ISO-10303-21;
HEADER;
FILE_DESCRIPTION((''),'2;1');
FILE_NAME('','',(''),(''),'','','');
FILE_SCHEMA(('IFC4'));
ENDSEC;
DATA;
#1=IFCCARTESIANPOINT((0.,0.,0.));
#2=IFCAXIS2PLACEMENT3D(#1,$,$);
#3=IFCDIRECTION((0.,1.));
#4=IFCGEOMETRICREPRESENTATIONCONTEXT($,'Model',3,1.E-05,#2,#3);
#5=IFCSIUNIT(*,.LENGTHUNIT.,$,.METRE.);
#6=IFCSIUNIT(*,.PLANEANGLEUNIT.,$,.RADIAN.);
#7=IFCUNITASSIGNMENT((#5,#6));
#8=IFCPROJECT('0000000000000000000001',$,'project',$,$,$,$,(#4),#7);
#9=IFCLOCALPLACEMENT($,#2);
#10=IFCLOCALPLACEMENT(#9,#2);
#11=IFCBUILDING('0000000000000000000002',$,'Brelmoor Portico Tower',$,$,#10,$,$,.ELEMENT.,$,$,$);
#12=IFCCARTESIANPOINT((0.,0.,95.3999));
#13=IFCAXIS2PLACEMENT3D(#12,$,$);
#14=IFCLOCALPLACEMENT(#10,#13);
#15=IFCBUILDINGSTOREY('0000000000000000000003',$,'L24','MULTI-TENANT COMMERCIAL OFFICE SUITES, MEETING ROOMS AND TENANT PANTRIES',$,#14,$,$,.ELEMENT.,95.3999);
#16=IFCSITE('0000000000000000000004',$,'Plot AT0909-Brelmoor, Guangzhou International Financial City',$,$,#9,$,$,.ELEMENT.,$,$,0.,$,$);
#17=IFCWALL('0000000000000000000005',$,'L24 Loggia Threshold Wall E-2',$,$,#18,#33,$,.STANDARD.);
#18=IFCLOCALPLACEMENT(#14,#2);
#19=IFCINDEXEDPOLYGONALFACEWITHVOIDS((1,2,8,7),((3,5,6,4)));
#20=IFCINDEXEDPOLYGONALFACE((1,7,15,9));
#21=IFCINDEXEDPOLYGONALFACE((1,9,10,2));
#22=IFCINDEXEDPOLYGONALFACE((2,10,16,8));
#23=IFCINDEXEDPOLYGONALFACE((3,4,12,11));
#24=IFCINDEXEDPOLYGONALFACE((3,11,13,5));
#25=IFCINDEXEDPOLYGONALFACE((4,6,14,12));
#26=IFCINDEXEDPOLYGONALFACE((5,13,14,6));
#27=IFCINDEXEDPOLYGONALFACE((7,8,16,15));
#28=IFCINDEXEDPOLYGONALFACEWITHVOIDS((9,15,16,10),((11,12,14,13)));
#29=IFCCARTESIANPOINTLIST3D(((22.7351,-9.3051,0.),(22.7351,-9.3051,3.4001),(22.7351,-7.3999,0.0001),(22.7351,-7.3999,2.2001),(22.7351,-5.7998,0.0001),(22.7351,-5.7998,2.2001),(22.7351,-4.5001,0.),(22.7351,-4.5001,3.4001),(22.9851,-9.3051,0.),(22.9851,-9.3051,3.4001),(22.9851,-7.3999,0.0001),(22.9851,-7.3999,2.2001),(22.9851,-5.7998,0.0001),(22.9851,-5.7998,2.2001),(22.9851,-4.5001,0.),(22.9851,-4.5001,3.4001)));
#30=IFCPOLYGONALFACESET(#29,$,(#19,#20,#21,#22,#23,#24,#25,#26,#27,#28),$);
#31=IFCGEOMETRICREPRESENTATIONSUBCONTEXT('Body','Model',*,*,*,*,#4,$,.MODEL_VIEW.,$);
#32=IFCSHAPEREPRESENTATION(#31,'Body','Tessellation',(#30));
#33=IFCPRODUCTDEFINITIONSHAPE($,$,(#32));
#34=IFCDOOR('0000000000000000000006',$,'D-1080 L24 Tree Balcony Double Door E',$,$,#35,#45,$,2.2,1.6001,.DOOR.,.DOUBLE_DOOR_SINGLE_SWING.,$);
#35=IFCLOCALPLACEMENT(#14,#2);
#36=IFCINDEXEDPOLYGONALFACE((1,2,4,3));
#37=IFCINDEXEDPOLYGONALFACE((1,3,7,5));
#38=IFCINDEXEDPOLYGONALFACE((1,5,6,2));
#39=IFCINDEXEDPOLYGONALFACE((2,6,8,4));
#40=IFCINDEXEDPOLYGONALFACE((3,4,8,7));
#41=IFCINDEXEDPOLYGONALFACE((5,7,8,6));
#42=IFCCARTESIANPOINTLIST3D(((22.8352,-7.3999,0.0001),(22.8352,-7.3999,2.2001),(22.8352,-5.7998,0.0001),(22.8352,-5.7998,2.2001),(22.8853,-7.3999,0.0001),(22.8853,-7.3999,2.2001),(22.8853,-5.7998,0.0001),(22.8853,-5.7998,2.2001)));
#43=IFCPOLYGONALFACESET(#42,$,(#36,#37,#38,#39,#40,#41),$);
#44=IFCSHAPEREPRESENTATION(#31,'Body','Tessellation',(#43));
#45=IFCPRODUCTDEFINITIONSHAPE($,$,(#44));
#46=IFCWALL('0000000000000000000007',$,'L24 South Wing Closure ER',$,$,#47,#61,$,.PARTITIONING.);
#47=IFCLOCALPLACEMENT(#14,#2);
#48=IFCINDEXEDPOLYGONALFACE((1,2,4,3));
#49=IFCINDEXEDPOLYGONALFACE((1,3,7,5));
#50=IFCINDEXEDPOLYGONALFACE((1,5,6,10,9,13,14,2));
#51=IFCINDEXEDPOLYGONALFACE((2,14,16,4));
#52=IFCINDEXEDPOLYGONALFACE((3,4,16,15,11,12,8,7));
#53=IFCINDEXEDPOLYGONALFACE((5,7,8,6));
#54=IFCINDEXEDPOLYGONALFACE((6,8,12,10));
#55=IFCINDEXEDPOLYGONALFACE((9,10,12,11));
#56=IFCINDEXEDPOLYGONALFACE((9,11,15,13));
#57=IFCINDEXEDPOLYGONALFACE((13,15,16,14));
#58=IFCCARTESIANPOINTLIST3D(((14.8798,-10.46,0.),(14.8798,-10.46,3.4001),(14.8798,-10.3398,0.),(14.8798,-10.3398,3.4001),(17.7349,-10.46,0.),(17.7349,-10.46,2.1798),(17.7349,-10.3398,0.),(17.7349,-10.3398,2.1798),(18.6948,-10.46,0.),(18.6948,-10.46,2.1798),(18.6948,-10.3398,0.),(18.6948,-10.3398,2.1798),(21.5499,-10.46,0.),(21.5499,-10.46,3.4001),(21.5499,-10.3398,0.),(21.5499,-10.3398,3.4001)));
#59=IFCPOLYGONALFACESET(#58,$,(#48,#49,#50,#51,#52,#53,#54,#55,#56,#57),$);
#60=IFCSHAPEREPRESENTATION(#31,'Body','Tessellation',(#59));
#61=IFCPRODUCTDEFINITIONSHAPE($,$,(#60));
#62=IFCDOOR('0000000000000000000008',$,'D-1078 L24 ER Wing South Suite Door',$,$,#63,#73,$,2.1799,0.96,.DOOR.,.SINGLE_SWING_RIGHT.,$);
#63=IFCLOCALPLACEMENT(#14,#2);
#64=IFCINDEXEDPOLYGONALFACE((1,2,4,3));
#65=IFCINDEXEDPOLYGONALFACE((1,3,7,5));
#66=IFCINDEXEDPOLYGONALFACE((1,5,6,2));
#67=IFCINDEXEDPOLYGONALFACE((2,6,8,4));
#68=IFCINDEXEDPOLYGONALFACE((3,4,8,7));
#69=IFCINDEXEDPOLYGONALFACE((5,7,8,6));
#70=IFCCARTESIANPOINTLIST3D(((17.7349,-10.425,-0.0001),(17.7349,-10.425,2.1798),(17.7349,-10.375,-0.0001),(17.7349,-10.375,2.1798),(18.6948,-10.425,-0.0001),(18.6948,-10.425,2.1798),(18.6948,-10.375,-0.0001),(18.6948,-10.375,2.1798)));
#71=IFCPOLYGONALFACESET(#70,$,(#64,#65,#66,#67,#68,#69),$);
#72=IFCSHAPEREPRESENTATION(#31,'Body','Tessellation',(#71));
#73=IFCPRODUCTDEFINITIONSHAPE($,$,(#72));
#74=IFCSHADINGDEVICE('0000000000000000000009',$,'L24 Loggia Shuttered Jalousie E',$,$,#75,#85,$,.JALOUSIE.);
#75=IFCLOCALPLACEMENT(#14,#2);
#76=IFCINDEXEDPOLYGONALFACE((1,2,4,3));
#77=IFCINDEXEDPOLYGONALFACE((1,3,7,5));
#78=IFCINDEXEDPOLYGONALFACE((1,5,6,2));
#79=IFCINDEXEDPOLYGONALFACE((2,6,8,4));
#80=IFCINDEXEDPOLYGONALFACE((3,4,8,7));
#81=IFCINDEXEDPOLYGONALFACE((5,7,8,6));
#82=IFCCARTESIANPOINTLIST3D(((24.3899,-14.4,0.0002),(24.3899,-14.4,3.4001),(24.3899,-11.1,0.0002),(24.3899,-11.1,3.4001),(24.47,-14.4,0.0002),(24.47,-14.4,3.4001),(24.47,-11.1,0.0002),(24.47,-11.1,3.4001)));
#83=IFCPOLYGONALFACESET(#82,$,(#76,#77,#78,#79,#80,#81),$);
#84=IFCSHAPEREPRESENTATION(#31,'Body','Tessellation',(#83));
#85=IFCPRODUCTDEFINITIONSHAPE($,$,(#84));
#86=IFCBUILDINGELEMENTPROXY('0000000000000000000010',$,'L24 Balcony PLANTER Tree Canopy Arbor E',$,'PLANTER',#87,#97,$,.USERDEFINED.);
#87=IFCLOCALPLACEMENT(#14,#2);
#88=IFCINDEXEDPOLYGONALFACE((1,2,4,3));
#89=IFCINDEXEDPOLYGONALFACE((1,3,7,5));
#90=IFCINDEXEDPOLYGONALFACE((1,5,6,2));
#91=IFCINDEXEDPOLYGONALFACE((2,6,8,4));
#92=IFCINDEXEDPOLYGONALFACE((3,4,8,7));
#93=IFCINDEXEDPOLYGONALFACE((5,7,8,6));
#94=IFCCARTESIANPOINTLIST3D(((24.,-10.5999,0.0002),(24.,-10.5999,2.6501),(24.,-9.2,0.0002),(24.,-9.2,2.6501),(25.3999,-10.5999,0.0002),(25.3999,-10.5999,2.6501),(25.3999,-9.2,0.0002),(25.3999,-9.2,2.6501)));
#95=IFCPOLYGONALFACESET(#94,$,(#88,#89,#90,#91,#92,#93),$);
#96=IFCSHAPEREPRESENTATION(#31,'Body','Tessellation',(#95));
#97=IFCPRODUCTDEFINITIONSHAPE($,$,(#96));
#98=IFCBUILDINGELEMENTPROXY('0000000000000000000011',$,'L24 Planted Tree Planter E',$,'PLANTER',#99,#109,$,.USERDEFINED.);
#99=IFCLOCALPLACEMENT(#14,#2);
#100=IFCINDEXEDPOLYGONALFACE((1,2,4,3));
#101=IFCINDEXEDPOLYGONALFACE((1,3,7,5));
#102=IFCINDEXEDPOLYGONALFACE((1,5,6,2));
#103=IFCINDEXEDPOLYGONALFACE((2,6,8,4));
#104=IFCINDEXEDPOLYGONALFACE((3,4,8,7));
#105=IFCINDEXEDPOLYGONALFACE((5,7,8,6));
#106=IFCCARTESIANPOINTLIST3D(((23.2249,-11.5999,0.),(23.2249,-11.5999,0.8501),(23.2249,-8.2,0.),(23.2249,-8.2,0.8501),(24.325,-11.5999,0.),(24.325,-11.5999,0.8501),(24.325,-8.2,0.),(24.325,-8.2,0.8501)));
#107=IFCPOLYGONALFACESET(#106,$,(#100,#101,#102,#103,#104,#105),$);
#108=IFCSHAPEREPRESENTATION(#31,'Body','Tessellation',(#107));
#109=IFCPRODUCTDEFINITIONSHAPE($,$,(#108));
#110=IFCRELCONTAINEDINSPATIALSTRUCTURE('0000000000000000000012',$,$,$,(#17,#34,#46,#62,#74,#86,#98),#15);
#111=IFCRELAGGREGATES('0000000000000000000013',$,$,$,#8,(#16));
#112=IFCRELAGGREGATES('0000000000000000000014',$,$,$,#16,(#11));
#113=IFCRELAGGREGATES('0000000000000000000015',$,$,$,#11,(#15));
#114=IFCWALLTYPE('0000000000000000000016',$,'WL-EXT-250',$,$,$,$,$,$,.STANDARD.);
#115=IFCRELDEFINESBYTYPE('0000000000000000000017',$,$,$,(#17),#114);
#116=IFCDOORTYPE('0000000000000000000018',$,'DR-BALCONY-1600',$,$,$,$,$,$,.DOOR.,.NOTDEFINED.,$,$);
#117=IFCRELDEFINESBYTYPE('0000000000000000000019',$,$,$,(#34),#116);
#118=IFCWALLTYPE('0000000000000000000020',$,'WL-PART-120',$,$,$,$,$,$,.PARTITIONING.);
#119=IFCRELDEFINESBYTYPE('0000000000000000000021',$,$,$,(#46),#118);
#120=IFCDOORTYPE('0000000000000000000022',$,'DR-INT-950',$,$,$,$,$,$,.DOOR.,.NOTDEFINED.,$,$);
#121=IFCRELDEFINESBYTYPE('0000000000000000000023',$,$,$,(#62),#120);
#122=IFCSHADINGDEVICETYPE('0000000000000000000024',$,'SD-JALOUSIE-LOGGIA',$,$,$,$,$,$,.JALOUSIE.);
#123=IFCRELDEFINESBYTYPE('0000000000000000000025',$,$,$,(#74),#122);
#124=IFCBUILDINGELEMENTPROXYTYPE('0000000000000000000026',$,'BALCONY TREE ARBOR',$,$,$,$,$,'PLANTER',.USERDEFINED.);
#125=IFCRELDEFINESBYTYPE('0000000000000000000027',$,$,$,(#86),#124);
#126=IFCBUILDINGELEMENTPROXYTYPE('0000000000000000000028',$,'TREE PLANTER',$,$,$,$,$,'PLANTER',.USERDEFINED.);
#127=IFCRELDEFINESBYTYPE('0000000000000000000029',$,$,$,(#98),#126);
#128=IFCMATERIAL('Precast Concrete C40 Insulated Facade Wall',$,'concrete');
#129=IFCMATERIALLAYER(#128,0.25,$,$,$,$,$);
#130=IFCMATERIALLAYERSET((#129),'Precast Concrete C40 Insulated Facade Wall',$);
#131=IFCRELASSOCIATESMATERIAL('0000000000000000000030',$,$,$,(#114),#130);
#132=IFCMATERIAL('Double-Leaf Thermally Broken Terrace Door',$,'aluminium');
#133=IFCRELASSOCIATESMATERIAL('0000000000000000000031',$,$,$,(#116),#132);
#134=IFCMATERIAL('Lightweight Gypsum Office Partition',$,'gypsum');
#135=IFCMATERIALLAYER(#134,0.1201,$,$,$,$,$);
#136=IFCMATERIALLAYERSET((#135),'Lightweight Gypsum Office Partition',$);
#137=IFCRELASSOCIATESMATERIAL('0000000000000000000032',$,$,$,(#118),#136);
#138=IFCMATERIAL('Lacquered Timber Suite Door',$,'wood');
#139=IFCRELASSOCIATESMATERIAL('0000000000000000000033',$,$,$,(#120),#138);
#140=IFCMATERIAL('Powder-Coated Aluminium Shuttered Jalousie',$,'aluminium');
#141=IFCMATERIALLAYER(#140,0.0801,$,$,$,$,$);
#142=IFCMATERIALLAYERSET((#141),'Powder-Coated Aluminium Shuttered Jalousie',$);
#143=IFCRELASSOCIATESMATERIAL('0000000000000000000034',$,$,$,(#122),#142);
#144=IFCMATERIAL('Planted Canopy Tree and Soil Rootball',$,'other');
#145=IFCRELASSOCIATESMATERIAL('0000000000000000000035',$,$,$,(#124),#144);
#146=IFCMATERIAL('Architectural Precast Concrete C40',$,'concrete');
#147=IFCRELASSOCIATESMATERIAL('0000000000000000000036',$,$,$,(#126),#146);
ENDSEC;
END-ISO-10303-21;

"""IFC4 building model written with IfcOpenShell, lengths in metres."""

from ifc_helpers import new_model, si_unit, direction, frame, frame_2d, origin, origin_2d, place, context, subcontext, project, spatial, rectangle, extrude, material, layer, layer_set, type_object, element, fill, save


model = new_model("IFC4")

# Units and contexts
model_context = context("Model", 3, precision=1e-05, world=origin(), true_north=direction((0.0, 1.0)))
body_context = subcontext(model_context, "Body", "Model", "MODEL_VIEW")
ifc_project = project(units=[si_unit("LENGTHUNIT", "METRE"), si_unit("PLANEANGLEUNIT", "RADIAN")], contexts=[model_context])

# Site, building, storey
site_placement = place(None, origin())
site = spatial("IfcSite", under=ifc_project, at=site_placement, Name="Plot AT0909-Brelmoor, Guangzhou International Financial City", CompositionType="ELEMENT", RefElevation=0.0)
building_placement = place(site_placement, origin())
building = spatial("IfcBuilding", under=site, at=building_placement, Name="Brelmoor Portico Tower", CompositionType="ELEMENT")
storey_placement = place(building_placement, frame((0.0, 0.0, 95.3999)))
storey = spatial("IfcBuildingStorey", under=building, at=storey_placement, Name="L24", Description="MULTI-TENANT COMMERCIAL OFFICE SUITES, MEETING ROOMS AND TENANT PANTRIES", CompositionType="ELEMENT", Elevation=95.3999)

# Shared definitions
ifc_material_1 = material(Name="Precast Concrete C40 Insulated Facade Wall", Category="concrete")
ifc_layer_1 = layer(ifc_material_1, 0.25)
ifc_layer_set_1 = layer_set([ifc_layer_1], Name="Precast Concrete C40 Insulated Facade Wall")
wall_type_1 = type_object("IfcWallType", Name="WL-EXT-250", PredefinedType="STANDARD", material=ifc_layer_set_1)

# Walls, openings, doors
wall_1_placement = place(storey_placement, frame((22.8601, -9.3049, 0.0), z_axis=(0.0, 0.0, 1.0), x_axis=(0.0, 1.0, 0.0)))
wall_1 = element("IfcWall", 1, at=wall_1_placement, inside=storey, type_object=wall_type_1, Name="L24 Loggia Threshold Wall E-2", PredefinedType="STANDARD", context=body_context, shape_type="SweptSolid", body=[
    extrude(rectangle(XDim=4.8049, YDim=0.25, at=frame_2d((2.4023, 0.0))), origin(), (0.0, 0.0, 1.0), 3.4001),
])
opening_1_placement = place(wall_1_placement, frame((1.905, 0.0, 0.0)))
opening_1 = element("IfcOpeningElement", 2, at=opening_1_placement, cuts=wall_1, PredefinedType="OPENING", context=body_context, shape_type="SweptSolid", body=[
    extrude(rectangle(XDim=1.6001, YDim=2.2, at=frame_2d((0.8, 1.1001))), frame((0.0, 0.135, 0.0), z_axis=(0.0, -1.0, 0.0), x_axis=(1.0, 0.0, 0.0)), (0.0, 0.0, 1.0), 0.27),
])
ifc_material_2 = material(Name="Double-Leaf Thermally Broken Terrace Door", Category="aluminium")
door_type_1 = type_object("IfcDoorType", Name="DR-BALCONY-1600", OperationType="NOTDEFINED", PredefinedType="DOOR", material=ifc_material_2)
door_1_placement = place(opening_1_placement, origin())
door_1 = element("IfcDoor", 3, at=door_1_placement, inside=storey, type_object=door_type_1, Name="D-1080 L24 Tree Balcony Double Door E", OperationType="DOUBLE_DOOR_SINGLE_SWING", OverallHeight=2.2, OverallWidth=1.6001, PredefinedType="DOOR", context=body_context, shape_type="SweptSolid", body=[
    extrude(rectangle(XDim=1.6001, YDim=2.2, at=frame_2d((0.8, 1.1001))), frame((0.0, 0.0249, 0.0), z_axis=(0.0, -1.0, 0.0), x_axis=(1.0, 0.0, 0.0)), (0.0, 0.0, 1.0), 0.05),
])
fill(opening_1, door_1)
ifc_material_3 = material(Name="Lightweight Gypsum Office Partition", Category="gypsum")
ifc_layer_2 = layer(ifc_material_3, 0.1201)
ifc_layer_set_2 = layer_set([ifc_layer_2], Name="Lightweight Gypsum Office Partition")
wall_type_2 = type_object("IfcWallType", Name="WL-PART-120", PredefinedType="PARTITIONING", material=ifc_layer_set_2)
wall_2_placement = place(storey_placement, frame((14.8799, -10.3999, 0.0), z_axis=(0.0, 0.0, 1.0), x_axis=(1.0, 0.0, 0.0)))
wall_2 = element("IfcWall", 4, at=wall_2_placement, inside=storey, type_object=wall_type_2, Name="L24 South Wing Closure ER", PredefinedType="PARTITIONING", context=body_context, shape_type="SweptSolid", body=[
    extrude(rectangle(XDim=6.6702, YDim=0.1201, at=frame_2d((3.335, 0.0))), origin(), (0.0, 0.0, 1.0), 3.4001),
])
opening_2_placement = place(wall_2_placement, frame((2.855, 0.0, 0.0)))
opening_2 = element("IfcOpeningElement", 5, at=opening_2_placement, cuts=wall_2, PredefinedType="OPENING", context=body_context, shape_type="SweptSolid", body=[
    extrude(rectangle(XDim=0.96, YDim=2.1799, at=frame_2d((0.48, 1.0898))), frame((0.0, 0.0701, 0.0), z_axis=(0.0, -1.0, 0.0), x_axis=(1.0, 0.0, 0.0)), (0.0, 0.0, 1.0), 0.1401),
])
ifc_material_4 = material(Name="Lacquered Timber Suite Door", Category="wood")
door_type_2 = type_object("IfcDoorType", Name="DR-INT-950", OperationType="NOTDEFINED", PredefinedType="DOOR", material=ifc_material_4)
door_2_placement = place(opening_2_placement, origin())
door_2 = element("IfcDoor", 6, at=door_2_placement, inside=storey, type_object=door_type_2, Name="D-1078 L24 ER Wing South Suite Door", OperationType="SINGLE_SWING_RIGHT", OverallHeight=2.1799, OverallWidth=0.96, PredefinedType="DOOR", context=body_context, shape_type="SweptSolid", body=[
    extrude(rectangle(XDim=0.96, YDim=2.1799, at=frame_2d((0.48, 1.0898))), frame((0.0, 0.0249, 0.0), z_axis=(0.0, -1.0, 0.0), x_axis=(1.0, 0.0, 0.0)), (0.0, 0.0, 1.0), 0.05),
])
fill(opening_2, door_2)

# Shading device
ifc_material_5 = material(Name="Powder-Coated Aluminium Shuttered Jalousie", Category="aluminium")
ifc_layer_3 = layer(ifc_material_5, 0.0801)
ifc_layer_set_3 = layer_set([ifc_layer_3], Name="Powder-Coated Aluminium Shuttered Jalousie")
shading_device_type = type_object("IfcShadingDeviceType", Name="SD-JALOUSIE-LOGGIA", PredefinedType="JALOUSIE", material=ifc_layer_set_3)
shading_device_placement = place(storey_placement, frame((24.4299, -12.75, 0.0002), z_axis=(0.0, 0.0, 1.0), x_axis=(0.0, 1.0, 0.0)))
element("IfcShadingDevice", 7, at=shading_device_placement, inside=storey, type_object=shading_device_type, Name="L24 Loggia Shuttered Jalousie E", PredefinedType="JALOUSIE", context=body_context, shape_type="SweptSolid", body=[
    extrude(rectangle(XDim=3.3, YDim=0.0801, at=origin_2d()), origin(), (0.0, 0.0, 1.0), 3.3999),
])

# Building element proxies
ifc_material_6 = material(Name="Planted Canopy Tree and Soil Rootball", Category="other")
building_element_proxy_type_1 = type_object("IfcBuildingElementProxyType", Name="BALCONY TREE ARBOR", ElementType="PLANTER", PredefinedType="USERDEFINED", material=ifc_material_6)
proxy_1_placement = place(storey_placement, frame((24.7, -9.8999, 0.0002), z_axis=(0.0, 0.0, 1.0), x_axis=(1.0, 0.0, 0.0)))
element("IfcBuildingElementProxy", 8, at=proxy_1_placement, inside=storey, type_object=building_element_proxy_type_1, Name="L24 Balcony PLANTER Tree Canopy Arbor E", ObjectType="PLANTER", PredefinedType="USERDEFINED", context=body_context, shape_type="SweptSolid", body=[
    extrude(rectangle(XDim=1.3999, YDim=1.3999, at=origin_2d()), origin(), (0.0, 0.0, 1.0), 2.6499),
])
ifc_material_7 = material(Name="Architectural Precast Concrete C40", Category="concrete")
building_element_proxy_type_2 = type_object("IfcBuildingElementProxyType", Name="TREE PLANTER", ElementType="PLANTER", PredefinedType="USERDEFINED", material=ifc_material_7)
proxy_2_placement = place(storey_placement, frame((23.7749, -9.8999, 0.0), z_axis=(0.0, 0.0, 1.0), x_axis=(0.0, 1.0, 0.0)))
element("IfcBuildingElementProxy", 9, at=proxy_2_placement, inside=storey, type_object=building_element_proxy_type_2, Name="L24 Planted Tree Planter E", ObjectType="PLANTER", PredefinedType="USERDEFINED", context=body_context, shape_type="SweptSolid", body=[
    extrude(rectangle(XDim=3.3999, YDim=1.1001, at=origin_2d()), origin(), (0.0, 0.0, 1.0), 0.8501),
])

save(model, "model.ifc")
